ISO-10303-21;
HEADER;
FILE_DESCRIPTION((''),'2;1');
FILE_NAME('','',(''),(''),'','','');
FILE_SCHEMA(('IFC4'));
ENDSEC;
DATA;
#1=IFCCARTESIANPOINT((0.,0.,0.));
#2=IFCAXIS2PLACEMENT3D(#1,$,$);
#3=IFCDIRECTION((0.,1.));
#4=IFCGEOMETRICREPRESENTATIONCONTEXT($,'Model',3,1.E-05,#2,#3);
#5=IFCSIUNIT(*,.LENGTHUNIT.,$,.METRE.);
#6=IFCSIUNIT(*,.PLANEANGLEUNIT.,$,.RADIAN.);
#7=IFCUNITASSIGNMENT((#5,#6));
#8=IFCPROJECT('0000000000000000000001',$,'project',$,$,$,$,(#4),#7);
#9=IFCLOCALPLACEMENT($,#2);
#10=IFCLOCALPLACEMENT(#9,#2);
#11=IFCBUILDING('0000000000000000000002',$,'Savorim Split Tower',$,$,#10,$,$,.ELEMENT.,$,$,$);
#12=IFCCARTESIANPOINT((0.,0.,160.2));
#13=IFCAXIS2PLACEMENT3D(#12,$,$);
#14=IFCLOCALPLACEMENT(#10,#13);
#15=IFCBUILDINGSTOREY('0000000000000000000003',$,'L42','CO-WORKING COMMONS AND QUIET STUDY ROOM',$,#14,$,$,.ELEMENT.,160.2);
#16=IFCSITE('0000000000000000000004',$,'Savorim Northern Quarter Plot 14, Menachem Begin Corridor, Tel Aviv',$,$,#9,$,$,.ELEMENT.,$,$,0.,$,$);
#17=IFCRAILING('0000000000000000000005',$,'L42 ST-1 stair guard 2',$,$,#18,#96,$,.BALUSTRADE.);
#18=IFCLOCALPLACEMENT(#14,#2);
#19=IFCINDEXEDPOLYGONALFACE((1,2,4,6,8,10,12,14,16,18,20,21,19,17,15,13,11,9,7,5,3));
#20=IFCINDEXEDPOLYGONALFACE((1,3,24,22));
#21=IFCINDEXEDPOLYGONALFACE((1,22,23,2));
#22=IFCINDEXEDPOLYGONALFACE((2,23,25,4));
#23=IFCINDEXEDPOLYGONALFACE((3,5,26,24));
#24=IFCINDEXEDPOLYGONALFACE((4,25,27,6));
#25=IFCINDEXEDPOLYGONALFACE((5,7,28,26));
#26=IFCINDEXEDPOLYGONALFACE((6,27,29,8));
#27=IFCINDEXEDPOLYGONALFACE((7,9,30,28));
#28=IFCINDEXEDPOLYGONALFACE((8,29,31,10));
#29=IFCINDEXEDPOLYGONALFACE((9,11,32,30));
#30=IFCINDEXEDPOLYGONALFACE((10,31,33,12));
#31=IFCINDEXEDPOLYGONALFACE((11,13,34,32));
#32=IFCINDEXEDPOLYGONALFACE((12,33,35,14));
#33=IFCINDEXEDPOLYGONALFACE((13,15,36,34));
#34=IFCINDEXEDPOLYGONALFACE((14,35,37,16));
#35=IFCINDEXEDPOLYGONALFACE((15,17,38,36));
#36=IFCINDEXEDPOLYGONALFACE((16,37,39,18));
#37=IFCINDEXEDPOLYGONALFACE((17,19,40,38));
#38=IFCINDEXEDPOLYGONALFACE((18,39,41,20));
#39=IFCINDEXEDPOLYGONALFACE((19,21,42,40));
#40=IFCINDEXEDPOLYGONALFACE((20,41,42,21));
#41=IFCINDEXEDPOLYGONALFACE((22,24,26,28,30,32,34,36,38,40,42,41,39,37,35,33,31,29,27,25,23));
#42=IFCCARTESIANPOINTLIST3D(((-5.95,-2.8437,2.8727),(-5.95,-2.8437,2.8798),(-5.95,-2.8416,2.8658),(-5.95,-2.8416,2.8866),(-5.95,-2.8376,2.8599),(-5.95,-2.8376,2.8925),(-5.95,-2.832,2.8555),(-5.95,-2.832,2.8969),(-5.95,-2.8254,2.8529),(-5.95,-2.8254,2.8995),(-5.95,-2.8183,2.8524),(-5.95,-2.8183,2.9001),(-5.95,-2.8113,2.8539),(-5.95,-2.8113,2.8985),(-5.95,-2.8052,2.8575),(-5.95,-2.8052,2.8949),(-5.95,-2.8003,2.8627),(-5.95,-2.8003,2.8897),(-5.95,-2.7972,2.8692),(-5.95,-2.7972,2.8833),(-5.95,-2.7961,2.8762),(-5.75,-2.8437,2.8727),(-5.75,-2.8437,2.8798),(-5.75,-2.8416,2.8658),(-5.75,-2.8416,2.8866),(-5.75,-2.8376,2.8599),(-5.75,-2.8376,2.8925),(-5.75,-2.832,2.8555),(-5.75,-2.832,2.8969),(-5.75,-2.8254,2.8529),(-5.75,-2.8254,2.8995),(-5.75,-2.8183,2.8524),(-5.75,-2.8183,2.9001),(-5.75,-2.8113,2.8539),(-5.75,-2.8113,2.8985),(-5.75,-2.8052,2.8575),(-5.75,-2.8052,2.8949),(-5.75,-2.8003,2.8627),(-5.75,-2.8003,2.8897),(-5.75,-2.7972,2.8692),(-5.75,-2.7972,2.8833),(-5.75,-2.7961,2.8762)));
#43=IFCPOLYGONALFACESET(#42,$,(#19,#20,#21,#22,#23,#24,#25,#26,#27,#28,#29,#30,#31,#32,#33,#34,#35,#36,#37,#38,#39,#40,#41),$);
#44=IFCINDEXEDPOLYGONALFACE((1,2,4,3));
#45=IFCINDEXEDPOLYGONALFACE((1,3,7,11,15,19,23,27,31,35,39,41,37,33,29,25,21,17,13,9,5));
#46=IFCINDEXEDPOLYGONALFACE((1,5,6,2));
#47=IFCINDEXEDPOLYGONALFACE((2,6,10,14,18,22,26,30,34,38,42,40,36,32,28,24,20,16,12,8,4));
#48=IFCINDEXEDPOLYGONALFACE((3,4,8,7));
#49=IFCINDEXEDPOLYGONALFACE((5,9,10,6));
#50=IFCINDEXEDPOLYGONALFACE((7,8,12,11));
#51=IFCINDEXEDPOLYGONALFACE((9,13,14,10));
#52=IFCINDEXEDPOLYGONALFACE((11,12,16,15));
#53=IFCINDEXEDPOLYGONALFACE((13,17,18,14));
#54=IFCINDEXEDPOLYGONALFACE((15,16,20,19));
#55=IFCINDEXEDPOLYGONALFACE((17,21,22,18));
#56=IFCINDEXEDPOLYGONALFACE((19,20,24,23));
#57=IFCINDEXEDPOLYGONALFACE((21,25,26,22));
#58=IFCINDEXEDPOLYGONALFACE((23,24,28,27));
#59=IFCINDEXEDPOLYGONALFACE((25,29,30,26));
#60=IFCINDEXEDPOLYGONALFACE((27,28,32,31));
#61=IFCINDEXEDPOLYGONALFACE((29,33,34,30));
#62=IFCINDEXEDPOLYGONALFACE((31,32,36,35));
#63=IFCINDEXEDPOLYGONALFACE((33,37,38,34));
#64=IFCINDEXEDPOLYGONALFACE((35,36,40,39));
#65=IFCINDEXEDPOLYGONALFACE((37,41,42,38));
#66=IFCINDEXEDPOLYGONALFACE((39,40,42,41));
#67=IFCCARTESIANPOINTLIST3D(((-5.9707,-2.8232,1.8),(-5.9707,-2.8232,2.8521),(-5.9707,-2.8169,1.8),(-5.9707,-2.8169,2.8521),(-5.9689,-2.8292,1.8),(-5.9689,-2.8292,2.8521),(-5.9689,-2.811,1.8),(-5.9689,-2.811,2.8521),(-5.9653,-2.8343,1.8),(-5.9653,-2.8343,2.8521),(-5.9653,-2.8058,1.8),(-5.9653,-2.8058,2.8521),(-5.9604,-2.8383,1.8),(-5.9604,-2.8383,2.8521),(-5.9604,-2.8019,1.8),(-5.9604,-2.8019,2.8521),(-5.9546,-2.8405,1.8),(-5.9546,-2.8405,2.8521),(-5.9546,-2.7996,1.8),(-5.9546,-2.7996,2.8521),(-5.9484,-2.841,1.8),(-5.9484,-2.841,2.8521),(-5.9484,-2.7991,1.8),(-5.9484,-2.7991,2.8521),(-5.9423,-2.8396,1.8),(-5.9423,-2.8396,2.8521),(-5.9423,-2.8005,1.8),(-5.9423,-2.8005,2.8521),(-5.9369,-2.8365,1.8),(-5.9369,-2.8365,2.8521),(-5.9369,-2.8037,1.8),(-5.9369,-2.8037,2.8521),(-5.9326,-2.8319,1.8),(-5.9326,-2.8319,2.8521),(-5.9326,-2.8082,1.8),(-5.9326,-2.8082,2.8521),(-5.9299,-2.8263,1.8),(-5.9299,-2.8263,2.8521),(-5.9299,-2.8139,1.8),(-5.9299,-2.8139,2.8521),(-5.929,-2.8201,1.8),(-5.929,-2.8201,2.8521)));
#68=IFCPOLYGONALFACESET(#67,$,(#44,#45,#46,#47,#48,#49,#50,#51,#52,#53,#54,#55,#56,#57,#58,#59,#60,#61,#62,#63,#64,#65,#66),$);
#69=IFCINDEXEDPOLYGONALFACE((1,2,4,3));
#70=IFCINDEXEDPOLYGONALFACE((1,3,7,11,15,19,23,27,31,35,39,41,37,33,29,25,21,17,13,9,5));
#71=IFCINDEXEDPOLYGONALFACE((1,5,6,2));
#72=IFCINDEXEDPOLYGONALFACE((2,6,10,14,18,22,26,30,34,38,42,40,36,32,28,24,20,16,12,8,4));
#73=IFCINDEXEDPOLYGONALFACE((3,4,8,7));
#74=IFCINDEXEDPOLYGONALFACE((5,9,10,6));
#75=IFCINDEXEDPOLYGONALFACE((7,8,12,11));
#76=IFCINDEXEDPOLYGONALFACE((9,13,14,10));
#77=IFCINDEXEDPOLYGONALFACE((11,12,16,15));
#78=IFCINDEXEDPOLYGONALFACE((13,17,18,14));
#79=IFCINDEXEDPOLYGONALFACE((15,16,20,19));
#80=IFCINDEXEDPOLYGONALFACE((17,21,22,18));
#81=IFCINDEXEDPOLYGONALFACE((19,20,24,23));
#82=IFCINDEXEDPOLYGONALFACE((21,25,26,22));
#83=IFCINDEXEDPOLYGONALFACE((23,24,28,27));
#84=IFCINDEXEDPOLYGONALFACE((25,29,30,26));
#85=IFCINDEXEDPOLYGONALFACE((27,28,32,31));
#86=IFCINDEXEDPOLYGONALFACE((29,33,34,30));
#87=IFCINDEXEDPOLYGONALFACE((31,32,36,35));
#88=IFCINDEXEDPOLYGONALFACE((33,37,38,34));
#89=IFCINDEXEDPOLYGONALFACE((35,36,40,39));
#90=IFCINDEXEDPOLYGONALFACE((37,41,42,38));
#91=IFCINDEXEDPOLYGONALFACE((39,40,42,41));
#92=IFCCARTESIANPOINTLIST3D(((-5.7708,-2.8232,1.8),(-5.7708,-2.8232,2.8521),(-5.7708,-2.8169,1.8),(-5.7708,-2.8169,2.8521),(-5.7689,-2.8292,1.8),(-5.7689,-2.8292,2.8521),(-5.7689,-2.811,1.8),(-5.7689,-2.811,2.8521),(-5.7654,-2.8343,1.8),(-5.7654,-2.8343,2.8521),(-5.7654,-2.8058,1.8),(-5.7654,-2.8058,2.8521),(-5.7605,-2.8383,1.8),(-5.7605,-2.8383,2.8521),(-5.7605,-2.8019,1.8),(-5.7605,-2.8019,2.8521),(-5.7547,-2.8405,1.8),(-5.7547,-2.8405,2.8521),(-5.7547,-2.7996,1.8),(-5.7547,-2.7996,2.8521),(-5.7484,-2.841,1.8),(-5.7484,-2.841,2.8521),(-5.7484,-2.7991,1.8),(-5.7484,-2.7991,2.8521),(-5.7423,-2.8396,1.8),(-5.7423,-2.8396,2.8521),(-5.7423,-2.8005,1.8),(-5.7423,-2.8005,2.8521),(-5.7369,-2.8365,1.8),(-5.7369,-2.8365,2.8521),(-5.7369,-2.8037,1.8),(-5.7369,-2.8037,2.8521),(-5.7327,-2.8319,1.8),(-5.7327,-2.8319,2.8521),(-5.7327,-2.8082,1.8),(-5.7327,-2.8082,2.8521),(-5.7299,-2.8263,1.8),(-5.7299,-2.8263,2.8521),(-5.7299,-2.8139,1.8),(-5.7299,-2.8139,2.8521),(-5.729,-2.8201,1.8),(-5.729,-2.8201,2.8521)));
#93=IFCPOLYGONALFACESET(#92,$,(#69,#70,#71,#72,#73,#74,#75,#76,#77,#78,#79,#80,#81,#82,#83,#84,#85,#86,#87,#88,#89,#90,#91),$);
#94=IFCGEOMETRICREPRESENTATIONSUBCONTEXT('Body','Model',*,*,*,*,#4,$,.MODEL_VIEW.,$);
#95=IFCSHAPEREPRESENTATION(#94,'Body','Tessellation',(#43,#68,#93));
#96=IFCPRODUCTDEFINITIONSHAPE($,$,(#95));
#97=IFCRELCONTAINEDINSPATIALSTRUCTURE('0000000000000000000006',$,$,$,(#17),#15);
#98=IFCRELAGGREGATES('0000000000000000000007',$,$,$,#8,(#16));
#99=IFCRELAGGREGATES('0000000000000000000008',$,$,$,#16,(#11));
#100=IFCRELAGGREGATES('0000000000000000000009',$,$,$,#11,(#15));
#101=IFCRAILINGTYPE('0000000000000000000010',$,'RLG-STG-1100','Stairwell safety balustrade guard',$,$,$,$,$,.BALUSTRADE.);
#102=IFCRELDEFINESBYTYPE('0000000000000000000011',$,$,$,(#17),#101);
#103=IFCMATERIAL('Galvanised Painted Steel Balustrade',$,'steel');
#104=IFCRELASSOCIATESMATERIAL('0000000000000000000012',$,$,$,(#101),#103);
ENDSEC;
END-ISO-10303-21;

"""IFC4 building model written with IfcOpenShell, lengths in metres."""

from ifc_helpers import new_model, si_unit, direction, frame, origin, origin_2d, place, context, subcontext, project, spatial, circle, extrude, material, type_object, element, save


model = new_model("IFC4")

# Units and contexts
model_context = context("Model", 3, precision=1e-05, world=origin(), true_north=direction((0.0, 1.0)))
body_context = subcontext(model_context, "Body", "Model", "MODEL_VIEW")
ifc_project = project(units=[si_unit("LENGTHUNIT", "METRE"), si_unit("PLANEANGLEUNIT", "RADIAN")], contexts=[model_context])

# Site, building, storey
site_placement = place(None, origin())
site = spatial("IfcSite", under=ifc_project, at=site_placement, Name="Savorim Northern Quarter Plot 14, Menachem Begin Corridor, Tel Aviv", CompositionType="ELEMENT", RefElevation=0.0)
building_placement = place(site_placement, origin())
building = spatial("IfcBuilding", under=site, at=building_placement, Name="Savorim Split Tower", CompositionType="ELEMENT")
storey_placement = place(building_placement, frame((0.0, 0.0, 160.2)))
storey = spatial("IfcBuildingStorey", under=building, at=storey_placement, Name="L42", Description="CO-WORKING COMMONS AND QUIET STUDY ROOM", CompositionType="ELEMENT", Elevation=160.2)

# Railing
ifc_material_1 = material(Name="Galvanised Painted Steel Balustrade", Category="steel")
railing_type_1 = type_object("IfcRailingType", Name="RLG-STG-1100", Description="Stairwell safety balustrade guard", PredefinedType="BALUSTRADE", material=ifc_material_1)
railing_1_placement = place(storey_placement, frame((-5.95, -2.8201, 1.8)))
element("IfcRailing", 1, at=railing_1_placement, inside=storey, type_object=railing_type_1, Name="L42 ST-1 stair guard 2", PredefinedType="BALUSTRADE", context=body_context, shape_type="SweptSolid", body=[
    extrude(circle(Radius=0.0239, at=origin_2d()), frame((0.0, 0.0, 1.0762), z_axis=(1.0, 0.0, 0.0), x_axis=(0.0, 1.0, 0.0)), (0.0, 0.0, 1.0), 0.2),
    extrude(circle(Radius=0.021, at=origin_2d()), origin(), (0.0, 0.0, 1.0), 1.052),
    extrude(circle(Radius=0.021, at=origin_2d()), frame((0.2, 0.0, 0.0)), (0.0, 0.0, 1.0), 1.052),
])

save(model, "model.ifc")
